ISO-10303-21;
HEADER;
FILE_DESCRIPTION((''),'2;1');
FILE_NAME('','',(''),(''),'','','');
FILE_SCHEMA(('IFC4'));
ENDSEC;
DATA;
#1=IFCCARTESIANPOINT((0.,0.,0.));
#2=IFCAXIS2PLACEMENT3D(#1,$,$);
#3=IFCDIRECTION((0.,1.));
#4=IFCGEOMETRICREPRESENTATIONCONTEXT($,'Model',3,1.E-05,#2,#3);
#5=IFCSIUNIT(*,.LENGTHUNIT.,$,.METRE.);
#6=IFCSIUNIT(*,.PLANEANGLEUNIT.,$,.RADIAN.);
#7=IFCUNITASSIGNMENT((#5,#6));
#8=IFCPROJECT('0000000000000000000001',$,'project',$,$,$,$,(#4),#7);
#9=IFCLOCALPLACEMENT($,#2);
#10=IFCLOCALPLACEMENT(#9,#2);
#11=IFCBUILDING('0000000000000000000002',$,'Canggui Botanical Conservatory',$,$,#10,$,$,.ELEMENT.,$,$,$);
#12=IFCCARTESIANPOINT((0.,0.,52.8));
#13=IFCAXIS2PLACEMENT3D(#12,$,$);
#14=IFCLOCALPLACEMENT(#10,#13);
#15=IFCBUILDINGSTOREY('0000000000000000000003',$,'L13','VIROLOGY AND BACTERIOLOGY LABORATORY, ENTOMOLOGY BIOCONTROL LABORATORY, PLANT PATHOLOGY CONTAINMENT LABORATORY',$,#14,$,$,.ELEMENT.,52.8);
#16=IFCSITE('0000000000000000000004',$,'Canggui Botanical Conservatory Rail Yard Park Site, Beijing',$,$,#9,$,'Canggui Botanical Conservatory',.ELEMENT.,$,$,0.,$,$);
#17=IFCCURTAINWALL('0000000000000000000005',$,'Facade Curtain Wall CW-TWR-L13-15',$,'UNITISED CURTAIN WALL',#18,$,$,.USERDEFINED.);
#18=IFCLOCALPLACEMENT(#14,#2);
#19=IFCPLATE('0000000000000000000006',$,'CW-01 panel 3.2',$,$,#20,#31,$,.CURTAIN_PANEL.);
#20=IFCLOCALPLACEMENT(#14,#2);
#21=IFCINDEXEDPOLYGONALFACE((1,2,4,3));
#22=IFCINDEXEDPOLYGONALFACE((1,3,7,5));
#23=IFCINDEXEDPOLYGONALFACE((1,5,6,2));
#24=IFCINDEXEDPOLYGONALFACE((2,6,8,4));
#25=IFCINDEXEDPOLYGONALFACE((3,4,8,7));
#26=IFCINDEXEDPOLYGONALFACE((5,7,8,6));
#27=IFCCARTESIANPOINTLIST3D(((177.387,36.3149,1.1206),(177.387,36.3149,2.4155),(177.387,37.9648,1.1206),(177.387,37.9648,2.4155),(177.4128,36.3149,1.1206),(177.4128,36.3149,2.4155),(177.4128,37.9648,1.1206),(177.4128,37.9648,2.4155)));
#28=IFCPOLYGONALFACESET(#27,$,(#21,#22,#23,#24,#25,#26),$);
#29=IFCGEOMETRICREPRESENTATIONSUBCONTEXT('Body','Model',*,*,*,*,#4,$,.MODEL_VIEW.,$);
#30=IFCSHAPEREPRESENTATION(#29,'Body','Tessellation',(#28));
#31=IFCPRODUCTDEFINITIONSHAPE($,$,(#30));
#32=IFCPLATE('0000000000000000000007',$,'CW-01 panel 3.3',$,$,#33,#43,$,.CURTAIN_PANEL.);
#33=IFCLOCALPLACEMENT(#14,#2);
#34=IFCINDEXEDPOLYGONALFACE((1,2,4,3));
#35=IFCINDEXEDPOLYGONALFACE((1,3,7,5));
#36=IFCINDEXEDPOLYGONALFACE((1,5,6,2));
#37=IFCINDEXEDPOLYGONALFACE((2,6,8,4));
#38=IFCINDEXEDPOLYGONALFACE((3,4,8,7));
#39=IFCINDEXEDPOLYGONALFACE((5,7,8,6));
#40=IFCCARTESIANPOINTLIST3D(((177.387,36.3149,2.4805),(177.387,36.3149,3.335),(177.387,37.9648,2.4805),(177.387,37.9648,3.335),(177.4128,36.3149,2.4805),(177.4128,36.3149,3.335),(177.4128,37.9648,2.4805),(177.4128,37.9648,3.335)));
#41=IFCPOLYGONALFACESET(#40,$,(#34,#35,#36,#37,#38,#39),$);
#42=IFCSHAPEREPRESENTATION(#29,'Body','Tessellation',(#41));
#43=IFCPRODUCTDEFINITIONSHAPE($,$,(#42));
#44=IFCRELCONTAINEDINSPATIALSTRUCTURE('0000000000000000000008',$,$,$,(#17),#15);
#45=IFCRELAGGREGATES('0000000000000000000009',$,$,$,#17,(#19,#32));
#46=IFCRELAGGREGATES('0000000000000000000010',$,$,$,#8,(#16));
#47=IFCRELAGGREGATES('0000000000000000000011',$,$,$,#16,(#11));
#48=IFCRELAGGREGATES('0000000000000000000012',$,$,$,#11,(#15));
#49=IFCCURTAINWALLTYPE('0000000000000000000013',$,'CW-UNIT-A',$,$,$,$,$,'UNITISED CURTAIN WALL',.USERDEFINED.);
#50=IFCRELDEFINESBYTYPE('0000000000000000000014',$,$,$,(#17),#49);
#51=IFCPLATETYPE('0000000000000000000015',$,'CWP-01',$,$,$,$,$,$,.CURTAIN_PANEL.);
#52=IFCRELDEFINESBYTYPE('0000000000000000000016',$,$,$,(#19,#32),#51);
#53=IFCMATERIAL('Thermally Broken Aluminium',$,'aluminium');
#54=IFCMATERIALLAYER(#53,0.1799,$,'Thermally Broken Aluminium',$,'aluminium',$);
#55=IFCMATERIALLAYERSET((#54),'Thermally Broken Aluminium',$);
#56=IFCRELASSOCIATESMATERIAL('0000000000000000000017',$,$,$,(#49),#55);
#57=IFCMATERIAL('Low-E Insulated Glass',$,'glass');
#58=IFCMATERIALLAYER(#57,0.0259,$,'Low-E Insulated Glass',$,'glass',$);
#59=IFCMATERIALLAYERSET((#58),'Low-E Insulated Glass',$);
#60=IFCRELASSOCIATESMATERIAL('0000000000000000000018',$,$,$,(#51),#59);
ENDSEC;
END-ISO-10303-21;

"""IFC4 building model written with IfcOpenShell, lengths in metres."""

from ifc_helpers import new_model, si_unit, direction, frame, origin, origin_2d, place, context, subcontext, project, spatial, rectangle, extrude, material, layer, layer_set, type_object, element, aggregate, save


model = new_model("IFC4")

# Units and contexts
model_context = context("Model", 3, precision=1e-05, world=origin(), true_north=direction((0.0, 1.0)))
body_context = subcontext(model_context, "Body", "Model", "MODEL_VIEW")
ifc_project = project(units=[si_unit("LENGTHUNIT", "METRE"), si_unit("PLANEANGLEUNIT", "RADIAN")], contexts=[model_context])

# Site, building, storey
site_placement = place(None, origin())
site = spatial("IfcSite", under=ifc_project, at=site_placement, Name="Canggui Botanical Conservatory Rail Yard Park Site, Beijing", LongName="Canggui Botanical Conservatory", CompositionType="ELEMENT", RefElevation=0.0)
building_placement = place(site_placement, origin())
building = spatial("IfcBuilding", under=site, at=building_placement, Name="Canggui Botanical Conservatory", CompositionType="ELEMENT")
storey_placement = place(building_placement, frame((0.0, 0.0, 52.8)))
storey = spatial("IfcBuildingStorey", under=building, at=storey_placement, Name="L13", Description="VIROLOGY AND BACTERIOLOGY LABORATORY, ENTOMOLOGY BIOCONTROL LABORATORY, PLANT PATHOLOGY CONTAINMENT LABORATORY", CompositionType="ELEMENT", Elevation=52.8)

# Curtain wall, plates
ifc_material_1 = material(Name="Thermally Broken Aluminium", Category="aluminium")
ifc_layer_1 = layer(ifc_material_1, 0.1799, Name="Thermally Broken Aluminium", Category="aluminium")
ifc_layer_set_1 = layer_set([ifc_layer_1], Name="Thermally Broken Aluminium")
curtain_wall_type = type_object("IfcCurtainWallType", Name="CW-UNIT-A", ElementType="UNITISED CURTAIN WALL", PredefinedType="USERDEFINED", material=ifc_layer_set_1)
curtain_wall_placement = place(storey_placement, origin())
curtain_wall = element("IfcCurtainWall", 1, at=curtain_wall_placement, inside=storey, type_object=curtain_wall_type, Name="Facade Curtain Wall CW-TWR-L13-15", ObjectType="UNITISED CURTAIN WALL", PredefinedType="USERDEFINED")
ifc_material_2 = material(Name="Low-E Insulated Glass", Category="glass")
ifc_layer_2 = layer(ifc_material_2, 0.0259, Name="Low-E Insulated Glass", Category="glass")
ifc_layer_set_2 = layer_set([ifc_layer_2], Name="Low-E Insulated Glass")
plate_type = type_object("IfcPlateType", Name="CWP-01", PredefinedType="CURTAIN_PANEL", material=ifc_layer_set_2)
plate_1_placement = place(storey_placement, frame((177.3999, 37.1399, 1.1206), z_axis=(0.0, 0.0, 1.0), x_axis=(0.0, -1.0, 0.0)))
plate_1 = element("IfcPlate", 2, at=plate_1_placement, type_object=plate_type, Name="CW-01 panel 3.2", PredefinedType="CURTAIN_PANEL", context=body_context, shape_type="SweptSolid", body=[
    extrude(rectangle(XDim=1.6499, YDim=0.0259, at=origin_2d()), origin(), (0.0, 0.0, 1.0), 1.2949),
])
plate_2_placement = place(storey_placement, frame((177.3999, 37.1399, 2.4805), z_axis=(0.0, 0.0, 1.0), x_axis=(0.0, -1.0, 0.0)))
plate_2 = element("IfcPlate", 3, at=plate_2_placement, type_object=plate_type, Name="CW-01 panel 3.3", PredefinedType="CURTAIN_PANEL", context=body_context, shape_type="SweptSolid", body=[
    extrude(rectangle(XDim=1.6499, YDim=0.0259, at=origin_2d()), origin(), (0.0, 0.0, 1.0), 0.8545),
])
aggregate(curtain_wall, [plate_1, plate_2])

save(model, "model.ifc")
